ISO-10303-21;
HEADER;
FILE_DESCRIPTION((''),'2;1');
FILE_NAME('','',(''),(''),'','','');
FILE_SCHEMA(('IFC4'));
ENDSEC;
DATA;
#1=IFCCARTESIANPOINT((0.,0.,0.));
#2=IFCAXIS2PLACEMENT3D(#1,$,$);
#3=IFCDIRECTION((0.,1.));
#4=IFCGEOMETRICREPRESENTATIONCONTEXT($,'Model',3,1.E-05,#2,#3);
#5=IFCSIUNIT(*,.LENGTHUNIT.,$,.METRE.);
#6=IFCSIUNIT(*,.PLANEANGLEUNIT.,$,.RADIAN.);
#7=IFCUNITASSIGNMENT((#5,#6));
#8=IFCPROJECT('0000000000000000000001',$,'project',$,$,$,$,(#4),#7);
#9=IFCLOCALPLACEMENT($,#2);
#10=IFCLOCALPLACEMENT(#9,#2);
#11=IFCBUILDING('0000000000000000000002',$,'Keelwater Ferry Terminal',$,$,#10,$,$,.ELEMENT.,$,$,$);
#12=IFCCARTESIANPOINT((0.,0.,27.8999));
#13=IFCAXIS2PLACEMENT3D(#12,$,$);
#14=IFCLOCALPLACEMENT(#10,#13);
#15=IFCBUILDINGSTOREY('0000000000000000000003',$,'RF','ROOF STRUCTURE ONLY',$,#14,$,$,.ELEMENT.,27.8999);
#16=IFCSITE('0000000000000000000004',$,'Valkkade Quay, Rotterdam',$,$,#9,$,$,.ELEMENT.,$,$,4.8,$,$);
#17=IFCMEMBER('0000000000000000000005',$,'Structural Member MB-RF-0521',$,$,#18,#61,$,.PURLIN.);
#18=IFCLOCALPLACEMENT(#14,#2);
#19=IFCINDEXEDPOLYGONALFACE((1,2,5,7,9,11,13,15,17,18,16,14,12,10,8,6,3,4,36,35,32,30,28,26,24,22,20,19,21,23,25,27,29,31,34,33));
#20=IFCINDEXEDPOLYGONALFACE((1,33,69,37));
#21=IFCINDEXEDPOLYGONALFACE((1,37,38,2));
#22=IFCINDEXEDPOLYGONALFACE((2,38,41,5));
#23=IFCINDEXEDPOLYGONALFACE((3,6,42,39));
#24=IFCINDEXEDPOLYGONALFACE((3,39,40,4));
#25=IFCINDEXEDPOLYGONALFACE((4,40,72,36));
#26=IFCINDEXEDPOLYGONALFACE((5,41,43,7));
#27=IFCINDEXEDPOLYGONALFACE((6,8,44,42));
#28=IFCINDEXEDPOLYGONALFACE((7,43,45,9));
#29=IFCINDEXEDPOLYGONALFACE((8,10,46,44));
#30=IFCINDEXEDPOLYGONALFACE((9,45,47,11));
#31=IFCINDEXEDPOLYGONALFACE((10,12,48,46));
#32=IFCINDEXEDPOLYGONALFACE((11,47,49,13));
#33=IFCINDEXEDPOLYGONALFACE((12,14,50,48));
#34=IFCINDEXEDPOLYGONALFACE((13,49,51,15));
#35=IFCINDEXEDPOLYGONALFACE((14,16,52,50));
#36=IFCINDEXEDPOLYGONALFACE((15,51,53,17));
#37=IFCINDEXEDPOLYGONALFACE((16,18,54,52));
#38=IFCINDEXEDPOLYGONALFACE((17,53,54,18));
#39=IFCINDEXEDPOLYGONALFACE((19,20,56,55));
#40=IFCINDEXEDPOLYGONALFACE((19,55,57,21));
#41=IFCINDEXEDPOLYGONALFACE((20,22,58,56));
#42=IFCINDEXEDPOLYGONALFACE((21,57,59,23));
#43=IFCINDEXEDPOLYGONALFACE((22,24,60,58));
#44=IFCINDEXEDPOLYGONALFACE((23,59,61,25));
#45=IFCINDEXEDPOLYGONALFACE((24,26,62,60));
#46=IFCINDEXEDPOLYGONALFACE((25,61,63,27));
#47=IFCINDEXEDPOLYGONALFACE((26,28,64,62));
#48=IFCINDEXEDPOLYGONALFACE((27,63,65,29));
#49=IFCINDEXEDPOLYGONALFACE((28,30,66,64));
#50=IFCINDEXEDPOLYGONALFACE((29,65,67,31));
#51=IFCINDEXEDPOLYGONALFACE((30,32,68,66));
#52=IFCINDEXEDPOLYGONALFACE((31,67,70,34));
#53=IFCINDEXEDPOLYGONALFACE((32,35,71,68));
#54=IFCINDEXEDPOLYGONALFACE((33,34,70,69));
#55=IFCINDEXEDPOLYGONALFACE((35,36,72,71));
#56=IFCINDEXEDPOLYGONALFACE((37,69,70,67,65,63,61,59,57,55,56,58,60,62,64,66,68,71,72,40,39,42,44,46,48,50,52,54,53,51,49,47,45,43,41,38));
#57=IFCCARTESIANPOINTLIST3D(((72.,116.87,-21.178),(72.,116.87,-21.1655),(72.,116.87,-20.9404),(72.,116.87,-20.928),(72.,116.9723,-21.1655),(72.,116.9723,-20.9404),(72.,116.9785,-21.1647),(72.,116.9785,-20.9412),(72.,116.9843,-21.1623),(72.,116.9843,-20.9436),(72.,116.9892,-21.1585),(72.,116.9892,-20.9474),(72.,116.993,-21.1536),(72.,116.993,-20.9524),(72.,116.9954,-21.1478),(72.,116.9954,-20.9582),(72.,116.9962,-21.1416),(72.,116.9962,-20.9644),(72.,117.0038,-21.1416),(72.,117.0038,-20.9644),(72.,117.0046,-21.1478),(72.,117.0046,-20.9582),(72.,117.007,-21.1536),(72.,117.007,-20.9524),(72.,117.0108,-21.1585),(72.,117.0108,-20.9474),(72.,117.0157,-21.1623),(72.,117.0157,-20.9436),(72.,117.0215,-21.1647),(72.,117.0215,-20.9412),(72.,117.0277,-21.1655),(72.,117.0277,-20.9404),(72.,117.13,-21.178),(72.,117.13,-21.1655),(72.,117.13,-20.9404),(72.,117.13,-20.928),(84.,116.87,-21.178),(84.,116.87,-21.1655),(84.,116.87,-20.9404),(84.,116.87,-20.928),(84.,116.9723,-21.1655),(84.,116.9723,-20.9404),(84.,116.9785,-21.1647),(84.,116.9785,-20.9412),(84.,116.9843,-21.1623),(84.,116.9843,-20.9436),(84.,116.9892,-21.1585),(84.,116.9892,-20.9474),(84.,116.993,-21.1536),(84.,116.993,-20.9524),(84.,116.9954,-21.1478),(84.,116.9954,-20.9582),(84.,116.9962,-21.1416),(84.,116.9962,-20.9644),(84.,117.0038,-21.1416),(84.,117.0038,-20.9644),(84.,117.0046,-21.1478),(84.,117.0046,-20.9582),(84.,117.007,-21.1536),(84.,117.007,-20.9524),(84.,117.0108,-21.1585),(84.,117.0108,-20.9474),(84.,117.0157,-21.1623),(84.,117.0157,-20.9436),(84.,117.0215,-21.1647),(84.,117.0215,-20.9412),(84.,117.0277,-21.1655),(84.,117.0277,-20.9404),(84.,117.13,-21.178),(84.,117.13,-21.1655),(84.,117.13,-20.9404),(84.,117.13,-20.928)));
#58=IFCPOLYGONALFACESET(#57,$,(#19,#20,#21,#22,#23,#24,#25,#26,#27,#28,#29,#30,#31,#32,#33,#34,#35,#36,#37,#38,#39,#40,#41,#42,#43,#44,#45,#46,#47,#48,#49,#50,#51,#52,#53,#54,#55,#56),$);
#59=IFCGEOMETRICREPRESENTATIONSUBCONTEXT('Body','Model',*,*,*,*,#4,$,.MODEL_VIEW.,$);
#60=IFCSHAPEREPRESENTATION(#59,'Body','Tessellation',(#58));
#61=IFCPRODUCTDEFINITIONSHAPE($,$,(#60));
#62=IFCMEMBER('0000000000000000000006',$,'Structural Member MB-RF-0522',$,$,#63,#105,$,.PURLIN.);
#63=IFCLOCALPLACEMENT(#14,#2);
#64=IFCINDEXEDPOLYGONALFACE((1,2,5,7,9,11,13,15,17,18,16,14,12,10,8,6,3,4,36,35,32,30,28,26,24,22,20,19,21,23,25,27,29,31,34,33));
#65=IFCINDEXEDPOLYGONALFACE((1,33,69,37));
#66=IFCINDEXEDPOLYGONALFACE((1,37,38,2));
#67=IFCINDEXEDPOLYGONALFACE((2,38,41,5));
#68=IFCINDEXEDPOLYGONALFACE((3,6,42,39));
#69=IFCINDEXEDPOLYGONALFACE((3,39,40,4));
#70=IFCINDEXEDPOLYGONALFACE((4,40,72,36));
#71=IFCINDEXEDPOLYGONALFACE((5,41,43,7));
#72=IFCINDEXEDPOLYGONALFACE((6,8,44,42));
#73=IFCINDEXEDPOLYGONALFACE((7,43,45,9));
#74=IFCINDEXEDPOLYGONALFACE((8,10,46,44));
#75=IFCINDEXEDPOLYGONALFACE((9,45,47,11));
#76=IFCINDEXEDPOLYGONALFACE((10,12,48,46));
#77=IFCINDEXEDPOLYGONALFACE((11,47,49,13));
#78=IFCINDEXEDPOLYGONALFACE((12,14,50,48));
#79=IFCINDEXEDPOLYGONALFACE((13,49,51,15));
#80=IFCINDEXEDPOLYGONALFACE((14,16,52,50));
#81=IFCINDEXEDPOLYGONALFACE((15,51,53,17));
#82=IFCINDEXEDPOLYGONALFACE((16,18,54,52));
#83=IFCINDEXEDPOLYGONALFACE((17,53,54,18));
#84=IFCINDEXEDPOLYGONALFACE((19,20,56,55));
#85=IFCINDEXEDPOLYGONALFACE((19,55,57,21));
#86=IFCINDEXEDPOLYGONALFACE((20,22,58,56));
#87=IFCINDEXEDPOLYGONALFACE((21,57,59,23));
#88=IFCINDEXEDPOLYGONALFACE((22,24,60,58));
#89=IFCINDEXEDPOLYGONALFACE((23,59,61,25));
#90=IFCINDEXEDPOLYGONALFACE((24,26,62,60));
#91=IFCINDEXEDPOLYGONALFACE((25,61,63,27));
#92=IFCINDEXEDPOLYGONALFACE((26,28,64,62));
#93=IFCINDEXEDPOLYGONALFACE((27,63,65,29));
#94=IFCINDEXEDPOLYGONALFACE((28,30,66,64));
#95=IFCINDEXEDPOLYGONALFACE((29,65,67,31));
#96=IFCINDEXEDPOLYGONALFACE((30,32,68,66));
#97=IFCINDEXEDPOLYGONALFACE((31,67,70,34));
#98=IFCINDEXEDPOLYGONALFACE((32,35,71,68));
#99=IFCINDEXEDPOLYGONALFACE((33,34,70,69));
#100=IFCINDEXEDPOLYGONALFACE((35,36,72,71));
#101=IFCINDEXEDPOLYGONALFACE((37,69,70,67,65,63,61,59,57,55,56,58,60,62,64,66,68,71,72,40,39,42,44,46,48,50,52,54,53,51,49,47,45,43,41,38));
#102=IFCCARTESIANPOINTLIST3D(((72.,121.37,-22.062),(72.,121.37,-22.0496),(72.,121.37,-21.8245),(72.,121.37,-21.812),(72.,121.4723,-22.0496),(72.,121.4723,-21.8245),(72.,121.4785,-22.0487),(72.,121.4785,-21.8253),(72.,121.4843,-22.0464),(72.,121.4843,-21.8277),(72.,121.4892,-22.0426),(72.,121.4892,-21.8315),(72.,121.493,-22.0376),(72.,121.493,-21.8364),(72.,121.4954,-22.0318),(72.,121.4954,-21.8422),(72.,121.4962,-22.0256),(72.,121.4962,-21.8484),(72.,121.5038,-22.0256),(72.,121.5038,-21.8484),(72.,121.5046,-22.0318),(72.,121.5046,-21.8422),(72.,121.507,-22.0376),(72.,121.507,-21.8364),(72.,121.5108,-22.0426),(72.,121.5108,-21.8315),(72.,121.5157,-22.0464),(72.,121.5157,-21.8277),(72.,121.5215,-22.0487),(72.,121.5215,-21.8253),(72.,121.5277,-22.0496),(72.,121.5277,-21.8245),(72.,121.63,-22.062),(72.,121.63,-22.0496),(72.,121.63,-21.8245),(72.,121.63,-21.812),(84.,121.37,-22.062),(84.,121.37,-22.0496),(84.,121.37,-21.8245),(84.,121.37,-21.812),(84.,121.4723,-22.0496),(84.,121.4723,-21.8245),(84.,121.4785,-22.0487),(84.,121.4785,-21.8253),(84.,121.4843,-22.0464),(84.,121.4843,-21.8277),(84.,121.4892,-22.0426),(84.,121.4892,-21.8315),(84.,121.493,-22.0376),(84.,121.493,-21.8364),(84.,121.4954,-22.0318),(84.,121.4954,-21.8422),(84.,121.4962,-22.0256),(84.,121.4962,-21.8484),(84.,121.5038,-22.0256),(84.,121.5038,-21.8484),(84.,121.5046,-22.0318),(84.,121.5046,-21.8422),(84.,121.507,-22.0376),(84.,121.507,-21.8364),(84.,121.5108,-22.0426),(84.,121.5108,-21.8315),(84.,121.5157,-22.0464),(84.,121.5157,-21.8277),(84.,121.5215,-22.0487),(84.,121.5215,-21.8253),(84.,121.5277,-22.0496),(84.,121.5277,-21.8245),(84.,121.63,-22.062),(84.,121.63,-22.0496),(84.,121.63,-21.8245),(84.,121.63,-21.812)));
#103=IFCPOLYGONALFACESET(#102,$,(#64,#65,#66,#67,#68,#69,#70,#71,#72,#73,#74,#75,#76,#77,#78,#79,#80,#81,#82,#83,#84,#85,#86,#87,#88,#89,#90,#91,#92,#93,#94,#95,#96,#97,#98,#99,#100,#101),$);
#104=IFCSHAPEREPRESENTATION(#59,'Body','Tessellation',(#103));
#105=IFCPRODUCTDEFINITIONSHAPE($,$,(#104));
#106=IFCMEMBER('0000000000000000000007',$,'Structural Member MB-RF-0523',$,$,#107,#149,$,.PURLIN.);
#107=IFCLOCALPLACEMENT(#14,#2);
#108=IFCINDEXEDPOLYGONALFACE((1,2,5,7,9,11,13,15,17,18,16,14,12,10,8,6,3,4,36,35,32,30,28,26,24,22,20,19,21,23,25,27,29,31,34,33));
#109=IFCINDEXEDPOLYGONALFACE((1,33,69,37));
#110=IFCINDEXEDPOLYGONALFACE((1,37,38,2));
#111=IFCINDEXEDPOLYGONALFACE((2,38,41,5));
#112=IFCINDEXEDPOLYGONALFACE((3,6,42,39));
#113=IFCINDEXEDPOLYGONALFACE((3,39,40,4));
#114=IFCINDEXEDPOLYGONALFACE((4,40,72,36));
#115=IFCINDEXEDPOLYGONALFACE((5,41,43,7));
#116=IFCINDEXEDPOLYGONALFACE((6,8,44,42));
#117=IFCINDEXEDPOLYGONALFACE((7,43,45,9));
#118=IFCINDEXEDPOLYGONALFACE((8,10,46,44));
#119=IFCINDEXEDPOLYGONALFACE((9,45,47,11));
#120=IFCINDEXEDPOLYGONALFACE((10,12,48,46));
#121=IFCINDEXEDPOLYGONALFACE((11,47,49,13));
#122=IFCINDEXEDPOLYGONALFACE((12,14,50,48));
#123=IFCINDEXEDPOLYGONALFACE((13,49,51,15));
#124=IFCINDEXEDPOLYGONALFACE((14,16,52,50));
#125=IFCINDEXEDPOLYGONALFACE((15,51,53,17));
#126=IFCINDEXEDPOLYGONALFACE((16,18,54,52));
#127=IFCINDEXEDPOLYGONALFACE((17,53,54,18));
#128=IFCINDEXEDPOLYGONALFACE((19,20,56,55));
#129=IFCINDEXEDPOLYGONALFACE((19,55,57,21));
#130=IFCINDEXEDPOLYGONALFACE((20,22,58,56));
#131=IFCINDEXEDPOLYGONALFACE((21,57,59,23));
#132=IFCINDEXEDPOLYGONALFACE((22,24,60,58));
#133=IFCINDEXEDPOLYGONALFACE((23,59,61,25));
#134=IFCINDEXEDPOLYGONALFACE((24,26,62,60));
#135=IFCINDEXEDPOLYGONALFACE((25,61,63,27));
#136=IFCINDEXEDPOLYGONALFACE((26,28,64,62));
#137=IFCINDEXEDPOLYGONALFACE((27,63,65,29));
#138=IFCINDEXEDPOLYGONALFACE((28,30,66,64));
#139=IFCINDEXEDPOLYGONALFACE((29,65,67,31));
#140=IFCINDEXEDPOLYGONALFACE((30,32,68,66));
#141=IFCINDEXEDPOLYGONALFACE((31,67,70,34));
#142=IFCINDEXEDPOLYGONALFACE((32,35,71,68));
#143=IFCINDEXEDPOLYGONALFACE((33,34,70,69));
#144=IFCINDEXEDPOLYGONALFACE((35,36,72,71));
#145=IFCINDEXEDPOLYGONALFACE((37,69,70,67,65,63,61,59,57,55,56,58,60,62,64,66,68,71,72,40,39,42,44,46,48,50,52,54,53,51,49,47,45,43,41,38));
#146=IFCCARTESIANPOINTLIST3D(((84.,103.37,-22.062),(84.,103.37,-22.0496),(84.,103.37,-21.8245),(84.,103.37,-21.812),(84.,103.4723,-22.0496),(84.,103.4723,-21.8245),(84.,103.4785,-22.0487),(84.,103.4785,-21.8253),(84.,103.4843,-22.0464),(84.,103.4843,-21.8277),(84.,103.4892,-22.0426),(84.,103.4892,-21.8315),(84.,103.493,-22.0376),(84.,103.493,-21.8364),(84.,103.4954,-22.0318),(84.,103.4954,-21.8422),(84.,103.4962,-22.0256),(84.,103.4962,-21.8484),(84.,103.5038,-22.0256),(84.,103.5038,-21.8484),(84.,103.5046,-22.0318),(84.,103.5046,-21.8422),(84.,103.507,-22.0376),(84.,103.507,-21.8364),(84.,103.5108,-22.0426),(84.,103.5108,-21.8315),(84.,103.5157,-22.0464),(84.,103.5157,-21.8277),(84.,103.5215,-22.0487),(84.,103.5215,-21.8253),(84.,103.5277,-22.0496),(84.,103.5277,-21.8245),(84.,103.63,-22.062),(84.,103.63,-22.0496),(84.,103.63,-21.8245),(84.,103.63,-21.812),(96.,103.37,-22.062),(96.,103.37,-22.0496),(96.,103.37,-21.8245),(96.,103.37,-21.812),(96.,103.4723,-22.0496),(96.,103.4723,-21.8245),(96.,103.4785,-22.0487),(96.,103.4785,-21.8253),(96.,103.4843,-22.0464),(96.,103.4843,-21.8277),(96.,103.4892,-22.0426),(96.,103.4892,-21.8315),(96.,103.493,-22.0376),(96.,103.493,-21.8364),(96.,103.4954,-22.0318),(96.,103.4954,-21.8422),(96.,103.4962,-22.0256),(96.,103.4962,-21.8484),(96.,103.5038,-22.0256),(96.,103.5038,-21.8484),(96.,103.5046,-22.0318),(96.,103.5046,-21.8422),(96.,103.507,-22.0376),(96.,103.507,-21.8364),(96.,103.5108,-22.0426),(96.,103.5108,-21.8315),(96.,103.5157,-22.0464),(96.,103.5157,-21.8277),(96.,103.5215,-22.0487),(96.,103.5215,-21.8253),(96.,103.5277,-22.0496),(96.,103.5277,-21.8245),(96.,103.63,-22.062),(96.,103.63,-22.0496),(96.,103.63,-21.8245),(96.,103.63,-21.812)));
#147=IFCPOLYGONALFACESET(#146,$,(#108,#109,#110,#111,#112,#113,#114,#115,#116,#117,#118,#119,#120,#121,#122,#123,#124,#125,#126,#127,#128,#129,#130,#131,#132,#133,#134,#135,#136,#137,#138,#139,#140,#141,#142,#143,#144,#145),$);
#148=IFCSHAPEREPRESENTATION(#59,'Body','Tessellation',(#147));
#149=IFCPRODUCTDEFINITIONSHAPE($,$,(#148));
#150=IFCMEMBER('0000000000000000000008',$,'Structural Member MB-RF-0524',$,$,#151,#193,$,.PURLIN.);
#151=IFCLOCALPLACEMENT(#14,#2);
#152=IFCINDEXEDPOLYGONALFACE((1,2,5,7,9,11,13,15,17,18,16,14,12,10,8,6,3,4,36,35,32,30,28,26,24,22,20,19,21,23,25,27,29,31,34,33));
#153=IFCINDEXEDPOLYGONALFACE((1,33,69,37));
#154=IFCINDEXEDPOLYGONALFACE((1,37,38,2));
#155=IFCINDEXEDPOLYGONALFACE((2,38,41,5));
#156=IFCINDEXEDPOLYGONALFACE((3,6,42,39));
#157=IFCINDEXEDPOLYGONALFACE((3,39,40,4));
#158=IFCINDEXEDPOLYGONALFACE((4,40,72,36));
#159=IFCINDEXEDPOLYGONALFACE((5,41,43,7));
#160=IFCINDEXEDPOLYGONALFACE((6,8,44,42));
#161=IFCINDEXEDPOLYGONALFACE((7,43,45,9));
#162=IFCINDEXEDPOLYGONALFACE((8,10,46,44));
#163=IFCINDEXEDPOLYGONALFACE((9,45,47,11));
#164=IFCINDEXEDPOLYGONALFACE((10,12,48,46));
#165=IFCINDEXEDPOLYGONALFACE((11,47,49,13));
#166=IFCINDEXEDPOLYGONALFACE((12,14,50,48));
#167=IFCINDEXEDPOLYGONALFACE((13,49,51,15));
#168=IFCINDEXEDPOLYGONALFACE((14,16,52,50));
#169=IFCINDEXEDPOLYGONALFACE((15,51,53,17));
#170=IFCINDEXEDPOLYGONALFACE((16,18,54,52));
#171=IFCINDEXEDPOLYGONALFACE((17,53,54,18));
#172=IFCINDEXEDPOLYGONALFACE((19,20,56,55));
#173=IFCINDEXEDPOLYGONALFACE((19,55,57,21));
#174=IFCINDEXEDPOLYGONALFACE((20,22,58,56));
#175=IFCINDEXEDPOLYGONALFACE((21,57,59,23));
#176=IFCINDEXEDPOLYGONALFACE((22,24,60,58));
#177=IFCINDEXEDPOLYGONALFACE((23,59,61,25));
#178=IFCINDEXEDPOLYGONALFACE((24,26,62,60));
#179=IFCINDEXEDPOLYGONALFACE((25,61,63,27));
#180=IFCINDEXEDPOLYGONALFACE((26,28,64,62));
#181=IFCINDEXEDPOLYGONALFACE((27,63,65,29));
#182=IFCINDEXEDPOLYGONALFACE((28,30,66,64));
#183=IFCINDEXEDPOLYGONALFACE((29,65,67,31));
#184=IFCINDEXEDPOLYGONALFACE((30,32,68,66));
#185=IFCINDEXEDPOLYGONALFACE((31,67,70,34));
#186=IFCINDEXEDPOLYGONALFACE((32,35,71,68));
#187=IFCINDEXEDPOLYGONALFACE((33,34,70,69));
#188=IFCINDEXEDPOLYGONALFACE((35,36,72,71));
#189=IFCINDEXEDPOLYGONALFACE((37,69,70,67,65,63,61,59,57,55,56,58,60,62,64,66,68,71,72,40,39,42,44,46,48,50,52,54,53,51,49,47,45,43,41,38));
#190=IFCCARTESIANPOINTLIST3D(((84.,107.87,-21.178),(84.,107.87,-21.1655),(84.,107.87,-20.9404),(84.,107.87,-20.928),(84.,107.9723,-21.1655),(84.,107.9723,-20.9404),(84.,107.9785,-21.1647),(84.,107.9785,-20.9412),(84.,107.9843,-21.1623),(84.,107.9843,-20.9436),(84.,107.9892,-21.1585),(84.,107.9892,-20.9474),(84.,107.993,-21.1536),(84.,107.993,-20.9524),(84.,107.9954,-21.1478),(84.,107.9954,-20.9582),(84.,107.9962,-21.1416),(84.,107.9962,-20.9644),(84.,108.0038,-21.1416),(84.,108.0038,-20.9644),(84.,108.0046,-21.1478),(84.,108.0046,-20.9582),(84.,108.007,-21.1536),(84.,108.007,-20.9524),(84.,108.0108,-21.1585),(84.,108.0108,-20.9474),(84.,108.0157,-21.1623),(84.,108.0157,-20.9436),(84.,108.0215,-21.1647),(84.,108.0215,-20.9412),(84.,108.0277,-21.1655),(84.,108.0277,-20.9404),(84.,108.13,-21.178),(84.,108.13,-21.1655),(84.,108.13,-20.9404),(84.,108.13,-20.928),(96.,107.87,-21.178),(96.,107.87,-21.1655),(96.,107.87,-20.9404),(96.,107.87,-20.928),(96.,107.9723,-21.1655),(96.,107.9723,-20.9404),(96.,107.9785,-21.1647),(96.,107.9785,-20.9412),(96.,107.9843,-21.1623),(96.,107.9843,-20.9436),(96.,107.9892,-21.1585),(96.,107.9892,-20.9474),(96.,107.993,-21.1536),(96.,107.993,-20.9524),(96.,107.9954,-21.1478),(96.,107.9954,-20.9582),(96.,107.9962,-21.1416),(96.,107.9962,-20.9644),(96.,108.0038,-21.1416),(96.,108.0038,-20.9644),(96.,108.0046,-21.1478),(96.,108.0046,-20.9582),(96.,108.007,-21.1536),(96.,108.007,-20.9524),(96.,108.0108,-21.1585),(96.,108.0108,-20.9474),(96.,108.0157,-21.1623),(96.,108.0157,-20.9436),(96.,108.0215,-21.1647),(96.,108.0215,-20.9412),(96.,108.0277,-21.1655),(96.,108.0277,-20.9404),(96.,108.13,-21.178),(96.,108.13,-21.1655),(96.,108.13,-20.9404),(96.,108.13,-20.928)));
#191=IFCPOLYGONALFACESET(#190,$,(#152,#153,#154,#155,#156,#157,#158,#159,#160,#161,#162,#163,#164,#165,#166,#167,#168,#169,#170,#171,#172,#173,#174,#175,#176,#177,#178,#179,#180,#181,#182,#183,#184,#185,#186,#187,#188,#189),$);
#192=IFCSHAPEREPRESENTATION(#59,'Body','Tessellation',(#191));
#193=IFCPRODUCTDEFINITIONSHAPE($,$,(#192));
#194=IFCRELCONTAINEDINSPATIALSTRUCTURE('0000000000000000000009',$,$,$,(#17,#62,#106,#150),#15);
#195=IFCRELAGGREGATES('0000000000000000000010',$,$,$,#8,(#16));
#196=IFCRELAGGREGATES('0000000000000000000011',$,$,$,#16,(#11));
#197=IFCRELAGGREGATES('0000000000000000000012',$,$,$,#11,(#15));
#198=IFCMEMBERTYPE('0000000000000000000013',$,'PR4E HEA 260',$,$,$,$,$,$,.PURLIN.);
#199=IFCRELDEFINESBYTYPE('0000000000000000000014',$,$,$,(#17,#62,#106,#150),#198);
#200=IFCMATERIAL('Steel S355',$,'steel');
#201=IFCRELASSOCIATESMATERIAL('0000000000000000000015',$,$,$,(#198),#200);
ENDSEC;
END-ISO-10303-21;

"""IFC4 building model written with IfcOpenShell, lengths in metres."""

from ifc_helpers import new_model, si_unit, direction, frame, origin, origin_2d, place, context, subcontext, project, spatial, i_section, extrude, material, material_profile, profile_set, type_object, element, save


model = new_model("IFC4")

# Units and contexts
model_context = context("Model", 3, precision=1e-05, world=origin(), true_north=direction((0.0, 1.0)))
body_context = subcontext(model_context, "Body", "Model", "MODEL_VIEW")
ifc_project = project(units=[si_unit("LENGTHUNIT", "METRE"), si_unit("PLANEANGLEUNIT", "RADIAN")], contexts=[model_context])

# Site, building, storey
site_placement = place(None, origin())
site = spatial("IfcSite", under=ifc_project, at=site_placement, Name="Valkkade Quay, Rotterdam", CompositionType="ELEMENT", RefElevation=4.8)
building_placement = place(site_placement, origin())
building = spatial("IfcBuilding", under=site, at=building_placement, Name="Keelwater Ferry Terminal", CompositionType="ELEMENT")
storey_placement = place(building_placement, frame((0.0, 0.0, 27.8999)))
storey = spatial("IfcBuildingStorey", under=building, at=storey_placement, Name="RF", Description="ROOF STRUCTURE ONLY", CompositionType="ELEMENT", Elevation=27.8999)

# Members
ifc_material_1 = material(Name="Steel S355", Category="steel")
ifc_material_profile_1 = material_profile(ifc_material_1, i_section(OverallWidth=0.26, OverallDepth=0.25, WebThickness=0.0076, FlangeThickness=0.0125, FilletRadius=0.0239, at=origin_2d()), Name="HEA 260")
ifc_profile_set_1 = profile_set([ifc_material_profile_1], Name="Steel S355")
member_type_1 = type_object("IfcMemberType", Name="PR4E HEA 260", PredefinedType="PURLIN", material=ifc_profile_set_1)
for number, where, z_axis, x_axis, name in (
    (1, (72.0, 117.0, -21.053), (1.0, 0.0, 0.0), (0.0, 1.0, 0.0), "Structural Member MB-RF-0521"),
    (2, (72.0, 121.5, -21.937), (1.0, 0.0, 0.0), (0.0, 1.0, 0.0), "Structural Member MB-RF-0522"),
    (3, (84.0, 103.5, -21.937), (1.0, 0.0, 0.0), (0.0, 1.0, 0.0), "Structural Member MB-RF-0523"),
    (4, (84.0, 108.0, -21.053), (1.0, 0.0, 0.0), (0.0, 1.0, 0.0), "Structural Member MB-RF-0524"),
):
    element("IfcMember", number, at=place(storey_placement, frame(where, z_axis=z_axis, x_axis=x_axis)), inside=storey, type_object=member_type_1, Name=name, PredefinedType="PURLIN", context=body_context, shape_type="SweptSolid", body=[
        extrude(i_section(OverallWidth=0.26, OverallDepth=0.25, WebThickness=0.0076, FlangeThickness=0.0125, FilletRadius=0.0239, at=origin_2d()), origin(), (0.0, 0.0, 1.0), 12.0),
    ])

save(model, "model.ifc")
